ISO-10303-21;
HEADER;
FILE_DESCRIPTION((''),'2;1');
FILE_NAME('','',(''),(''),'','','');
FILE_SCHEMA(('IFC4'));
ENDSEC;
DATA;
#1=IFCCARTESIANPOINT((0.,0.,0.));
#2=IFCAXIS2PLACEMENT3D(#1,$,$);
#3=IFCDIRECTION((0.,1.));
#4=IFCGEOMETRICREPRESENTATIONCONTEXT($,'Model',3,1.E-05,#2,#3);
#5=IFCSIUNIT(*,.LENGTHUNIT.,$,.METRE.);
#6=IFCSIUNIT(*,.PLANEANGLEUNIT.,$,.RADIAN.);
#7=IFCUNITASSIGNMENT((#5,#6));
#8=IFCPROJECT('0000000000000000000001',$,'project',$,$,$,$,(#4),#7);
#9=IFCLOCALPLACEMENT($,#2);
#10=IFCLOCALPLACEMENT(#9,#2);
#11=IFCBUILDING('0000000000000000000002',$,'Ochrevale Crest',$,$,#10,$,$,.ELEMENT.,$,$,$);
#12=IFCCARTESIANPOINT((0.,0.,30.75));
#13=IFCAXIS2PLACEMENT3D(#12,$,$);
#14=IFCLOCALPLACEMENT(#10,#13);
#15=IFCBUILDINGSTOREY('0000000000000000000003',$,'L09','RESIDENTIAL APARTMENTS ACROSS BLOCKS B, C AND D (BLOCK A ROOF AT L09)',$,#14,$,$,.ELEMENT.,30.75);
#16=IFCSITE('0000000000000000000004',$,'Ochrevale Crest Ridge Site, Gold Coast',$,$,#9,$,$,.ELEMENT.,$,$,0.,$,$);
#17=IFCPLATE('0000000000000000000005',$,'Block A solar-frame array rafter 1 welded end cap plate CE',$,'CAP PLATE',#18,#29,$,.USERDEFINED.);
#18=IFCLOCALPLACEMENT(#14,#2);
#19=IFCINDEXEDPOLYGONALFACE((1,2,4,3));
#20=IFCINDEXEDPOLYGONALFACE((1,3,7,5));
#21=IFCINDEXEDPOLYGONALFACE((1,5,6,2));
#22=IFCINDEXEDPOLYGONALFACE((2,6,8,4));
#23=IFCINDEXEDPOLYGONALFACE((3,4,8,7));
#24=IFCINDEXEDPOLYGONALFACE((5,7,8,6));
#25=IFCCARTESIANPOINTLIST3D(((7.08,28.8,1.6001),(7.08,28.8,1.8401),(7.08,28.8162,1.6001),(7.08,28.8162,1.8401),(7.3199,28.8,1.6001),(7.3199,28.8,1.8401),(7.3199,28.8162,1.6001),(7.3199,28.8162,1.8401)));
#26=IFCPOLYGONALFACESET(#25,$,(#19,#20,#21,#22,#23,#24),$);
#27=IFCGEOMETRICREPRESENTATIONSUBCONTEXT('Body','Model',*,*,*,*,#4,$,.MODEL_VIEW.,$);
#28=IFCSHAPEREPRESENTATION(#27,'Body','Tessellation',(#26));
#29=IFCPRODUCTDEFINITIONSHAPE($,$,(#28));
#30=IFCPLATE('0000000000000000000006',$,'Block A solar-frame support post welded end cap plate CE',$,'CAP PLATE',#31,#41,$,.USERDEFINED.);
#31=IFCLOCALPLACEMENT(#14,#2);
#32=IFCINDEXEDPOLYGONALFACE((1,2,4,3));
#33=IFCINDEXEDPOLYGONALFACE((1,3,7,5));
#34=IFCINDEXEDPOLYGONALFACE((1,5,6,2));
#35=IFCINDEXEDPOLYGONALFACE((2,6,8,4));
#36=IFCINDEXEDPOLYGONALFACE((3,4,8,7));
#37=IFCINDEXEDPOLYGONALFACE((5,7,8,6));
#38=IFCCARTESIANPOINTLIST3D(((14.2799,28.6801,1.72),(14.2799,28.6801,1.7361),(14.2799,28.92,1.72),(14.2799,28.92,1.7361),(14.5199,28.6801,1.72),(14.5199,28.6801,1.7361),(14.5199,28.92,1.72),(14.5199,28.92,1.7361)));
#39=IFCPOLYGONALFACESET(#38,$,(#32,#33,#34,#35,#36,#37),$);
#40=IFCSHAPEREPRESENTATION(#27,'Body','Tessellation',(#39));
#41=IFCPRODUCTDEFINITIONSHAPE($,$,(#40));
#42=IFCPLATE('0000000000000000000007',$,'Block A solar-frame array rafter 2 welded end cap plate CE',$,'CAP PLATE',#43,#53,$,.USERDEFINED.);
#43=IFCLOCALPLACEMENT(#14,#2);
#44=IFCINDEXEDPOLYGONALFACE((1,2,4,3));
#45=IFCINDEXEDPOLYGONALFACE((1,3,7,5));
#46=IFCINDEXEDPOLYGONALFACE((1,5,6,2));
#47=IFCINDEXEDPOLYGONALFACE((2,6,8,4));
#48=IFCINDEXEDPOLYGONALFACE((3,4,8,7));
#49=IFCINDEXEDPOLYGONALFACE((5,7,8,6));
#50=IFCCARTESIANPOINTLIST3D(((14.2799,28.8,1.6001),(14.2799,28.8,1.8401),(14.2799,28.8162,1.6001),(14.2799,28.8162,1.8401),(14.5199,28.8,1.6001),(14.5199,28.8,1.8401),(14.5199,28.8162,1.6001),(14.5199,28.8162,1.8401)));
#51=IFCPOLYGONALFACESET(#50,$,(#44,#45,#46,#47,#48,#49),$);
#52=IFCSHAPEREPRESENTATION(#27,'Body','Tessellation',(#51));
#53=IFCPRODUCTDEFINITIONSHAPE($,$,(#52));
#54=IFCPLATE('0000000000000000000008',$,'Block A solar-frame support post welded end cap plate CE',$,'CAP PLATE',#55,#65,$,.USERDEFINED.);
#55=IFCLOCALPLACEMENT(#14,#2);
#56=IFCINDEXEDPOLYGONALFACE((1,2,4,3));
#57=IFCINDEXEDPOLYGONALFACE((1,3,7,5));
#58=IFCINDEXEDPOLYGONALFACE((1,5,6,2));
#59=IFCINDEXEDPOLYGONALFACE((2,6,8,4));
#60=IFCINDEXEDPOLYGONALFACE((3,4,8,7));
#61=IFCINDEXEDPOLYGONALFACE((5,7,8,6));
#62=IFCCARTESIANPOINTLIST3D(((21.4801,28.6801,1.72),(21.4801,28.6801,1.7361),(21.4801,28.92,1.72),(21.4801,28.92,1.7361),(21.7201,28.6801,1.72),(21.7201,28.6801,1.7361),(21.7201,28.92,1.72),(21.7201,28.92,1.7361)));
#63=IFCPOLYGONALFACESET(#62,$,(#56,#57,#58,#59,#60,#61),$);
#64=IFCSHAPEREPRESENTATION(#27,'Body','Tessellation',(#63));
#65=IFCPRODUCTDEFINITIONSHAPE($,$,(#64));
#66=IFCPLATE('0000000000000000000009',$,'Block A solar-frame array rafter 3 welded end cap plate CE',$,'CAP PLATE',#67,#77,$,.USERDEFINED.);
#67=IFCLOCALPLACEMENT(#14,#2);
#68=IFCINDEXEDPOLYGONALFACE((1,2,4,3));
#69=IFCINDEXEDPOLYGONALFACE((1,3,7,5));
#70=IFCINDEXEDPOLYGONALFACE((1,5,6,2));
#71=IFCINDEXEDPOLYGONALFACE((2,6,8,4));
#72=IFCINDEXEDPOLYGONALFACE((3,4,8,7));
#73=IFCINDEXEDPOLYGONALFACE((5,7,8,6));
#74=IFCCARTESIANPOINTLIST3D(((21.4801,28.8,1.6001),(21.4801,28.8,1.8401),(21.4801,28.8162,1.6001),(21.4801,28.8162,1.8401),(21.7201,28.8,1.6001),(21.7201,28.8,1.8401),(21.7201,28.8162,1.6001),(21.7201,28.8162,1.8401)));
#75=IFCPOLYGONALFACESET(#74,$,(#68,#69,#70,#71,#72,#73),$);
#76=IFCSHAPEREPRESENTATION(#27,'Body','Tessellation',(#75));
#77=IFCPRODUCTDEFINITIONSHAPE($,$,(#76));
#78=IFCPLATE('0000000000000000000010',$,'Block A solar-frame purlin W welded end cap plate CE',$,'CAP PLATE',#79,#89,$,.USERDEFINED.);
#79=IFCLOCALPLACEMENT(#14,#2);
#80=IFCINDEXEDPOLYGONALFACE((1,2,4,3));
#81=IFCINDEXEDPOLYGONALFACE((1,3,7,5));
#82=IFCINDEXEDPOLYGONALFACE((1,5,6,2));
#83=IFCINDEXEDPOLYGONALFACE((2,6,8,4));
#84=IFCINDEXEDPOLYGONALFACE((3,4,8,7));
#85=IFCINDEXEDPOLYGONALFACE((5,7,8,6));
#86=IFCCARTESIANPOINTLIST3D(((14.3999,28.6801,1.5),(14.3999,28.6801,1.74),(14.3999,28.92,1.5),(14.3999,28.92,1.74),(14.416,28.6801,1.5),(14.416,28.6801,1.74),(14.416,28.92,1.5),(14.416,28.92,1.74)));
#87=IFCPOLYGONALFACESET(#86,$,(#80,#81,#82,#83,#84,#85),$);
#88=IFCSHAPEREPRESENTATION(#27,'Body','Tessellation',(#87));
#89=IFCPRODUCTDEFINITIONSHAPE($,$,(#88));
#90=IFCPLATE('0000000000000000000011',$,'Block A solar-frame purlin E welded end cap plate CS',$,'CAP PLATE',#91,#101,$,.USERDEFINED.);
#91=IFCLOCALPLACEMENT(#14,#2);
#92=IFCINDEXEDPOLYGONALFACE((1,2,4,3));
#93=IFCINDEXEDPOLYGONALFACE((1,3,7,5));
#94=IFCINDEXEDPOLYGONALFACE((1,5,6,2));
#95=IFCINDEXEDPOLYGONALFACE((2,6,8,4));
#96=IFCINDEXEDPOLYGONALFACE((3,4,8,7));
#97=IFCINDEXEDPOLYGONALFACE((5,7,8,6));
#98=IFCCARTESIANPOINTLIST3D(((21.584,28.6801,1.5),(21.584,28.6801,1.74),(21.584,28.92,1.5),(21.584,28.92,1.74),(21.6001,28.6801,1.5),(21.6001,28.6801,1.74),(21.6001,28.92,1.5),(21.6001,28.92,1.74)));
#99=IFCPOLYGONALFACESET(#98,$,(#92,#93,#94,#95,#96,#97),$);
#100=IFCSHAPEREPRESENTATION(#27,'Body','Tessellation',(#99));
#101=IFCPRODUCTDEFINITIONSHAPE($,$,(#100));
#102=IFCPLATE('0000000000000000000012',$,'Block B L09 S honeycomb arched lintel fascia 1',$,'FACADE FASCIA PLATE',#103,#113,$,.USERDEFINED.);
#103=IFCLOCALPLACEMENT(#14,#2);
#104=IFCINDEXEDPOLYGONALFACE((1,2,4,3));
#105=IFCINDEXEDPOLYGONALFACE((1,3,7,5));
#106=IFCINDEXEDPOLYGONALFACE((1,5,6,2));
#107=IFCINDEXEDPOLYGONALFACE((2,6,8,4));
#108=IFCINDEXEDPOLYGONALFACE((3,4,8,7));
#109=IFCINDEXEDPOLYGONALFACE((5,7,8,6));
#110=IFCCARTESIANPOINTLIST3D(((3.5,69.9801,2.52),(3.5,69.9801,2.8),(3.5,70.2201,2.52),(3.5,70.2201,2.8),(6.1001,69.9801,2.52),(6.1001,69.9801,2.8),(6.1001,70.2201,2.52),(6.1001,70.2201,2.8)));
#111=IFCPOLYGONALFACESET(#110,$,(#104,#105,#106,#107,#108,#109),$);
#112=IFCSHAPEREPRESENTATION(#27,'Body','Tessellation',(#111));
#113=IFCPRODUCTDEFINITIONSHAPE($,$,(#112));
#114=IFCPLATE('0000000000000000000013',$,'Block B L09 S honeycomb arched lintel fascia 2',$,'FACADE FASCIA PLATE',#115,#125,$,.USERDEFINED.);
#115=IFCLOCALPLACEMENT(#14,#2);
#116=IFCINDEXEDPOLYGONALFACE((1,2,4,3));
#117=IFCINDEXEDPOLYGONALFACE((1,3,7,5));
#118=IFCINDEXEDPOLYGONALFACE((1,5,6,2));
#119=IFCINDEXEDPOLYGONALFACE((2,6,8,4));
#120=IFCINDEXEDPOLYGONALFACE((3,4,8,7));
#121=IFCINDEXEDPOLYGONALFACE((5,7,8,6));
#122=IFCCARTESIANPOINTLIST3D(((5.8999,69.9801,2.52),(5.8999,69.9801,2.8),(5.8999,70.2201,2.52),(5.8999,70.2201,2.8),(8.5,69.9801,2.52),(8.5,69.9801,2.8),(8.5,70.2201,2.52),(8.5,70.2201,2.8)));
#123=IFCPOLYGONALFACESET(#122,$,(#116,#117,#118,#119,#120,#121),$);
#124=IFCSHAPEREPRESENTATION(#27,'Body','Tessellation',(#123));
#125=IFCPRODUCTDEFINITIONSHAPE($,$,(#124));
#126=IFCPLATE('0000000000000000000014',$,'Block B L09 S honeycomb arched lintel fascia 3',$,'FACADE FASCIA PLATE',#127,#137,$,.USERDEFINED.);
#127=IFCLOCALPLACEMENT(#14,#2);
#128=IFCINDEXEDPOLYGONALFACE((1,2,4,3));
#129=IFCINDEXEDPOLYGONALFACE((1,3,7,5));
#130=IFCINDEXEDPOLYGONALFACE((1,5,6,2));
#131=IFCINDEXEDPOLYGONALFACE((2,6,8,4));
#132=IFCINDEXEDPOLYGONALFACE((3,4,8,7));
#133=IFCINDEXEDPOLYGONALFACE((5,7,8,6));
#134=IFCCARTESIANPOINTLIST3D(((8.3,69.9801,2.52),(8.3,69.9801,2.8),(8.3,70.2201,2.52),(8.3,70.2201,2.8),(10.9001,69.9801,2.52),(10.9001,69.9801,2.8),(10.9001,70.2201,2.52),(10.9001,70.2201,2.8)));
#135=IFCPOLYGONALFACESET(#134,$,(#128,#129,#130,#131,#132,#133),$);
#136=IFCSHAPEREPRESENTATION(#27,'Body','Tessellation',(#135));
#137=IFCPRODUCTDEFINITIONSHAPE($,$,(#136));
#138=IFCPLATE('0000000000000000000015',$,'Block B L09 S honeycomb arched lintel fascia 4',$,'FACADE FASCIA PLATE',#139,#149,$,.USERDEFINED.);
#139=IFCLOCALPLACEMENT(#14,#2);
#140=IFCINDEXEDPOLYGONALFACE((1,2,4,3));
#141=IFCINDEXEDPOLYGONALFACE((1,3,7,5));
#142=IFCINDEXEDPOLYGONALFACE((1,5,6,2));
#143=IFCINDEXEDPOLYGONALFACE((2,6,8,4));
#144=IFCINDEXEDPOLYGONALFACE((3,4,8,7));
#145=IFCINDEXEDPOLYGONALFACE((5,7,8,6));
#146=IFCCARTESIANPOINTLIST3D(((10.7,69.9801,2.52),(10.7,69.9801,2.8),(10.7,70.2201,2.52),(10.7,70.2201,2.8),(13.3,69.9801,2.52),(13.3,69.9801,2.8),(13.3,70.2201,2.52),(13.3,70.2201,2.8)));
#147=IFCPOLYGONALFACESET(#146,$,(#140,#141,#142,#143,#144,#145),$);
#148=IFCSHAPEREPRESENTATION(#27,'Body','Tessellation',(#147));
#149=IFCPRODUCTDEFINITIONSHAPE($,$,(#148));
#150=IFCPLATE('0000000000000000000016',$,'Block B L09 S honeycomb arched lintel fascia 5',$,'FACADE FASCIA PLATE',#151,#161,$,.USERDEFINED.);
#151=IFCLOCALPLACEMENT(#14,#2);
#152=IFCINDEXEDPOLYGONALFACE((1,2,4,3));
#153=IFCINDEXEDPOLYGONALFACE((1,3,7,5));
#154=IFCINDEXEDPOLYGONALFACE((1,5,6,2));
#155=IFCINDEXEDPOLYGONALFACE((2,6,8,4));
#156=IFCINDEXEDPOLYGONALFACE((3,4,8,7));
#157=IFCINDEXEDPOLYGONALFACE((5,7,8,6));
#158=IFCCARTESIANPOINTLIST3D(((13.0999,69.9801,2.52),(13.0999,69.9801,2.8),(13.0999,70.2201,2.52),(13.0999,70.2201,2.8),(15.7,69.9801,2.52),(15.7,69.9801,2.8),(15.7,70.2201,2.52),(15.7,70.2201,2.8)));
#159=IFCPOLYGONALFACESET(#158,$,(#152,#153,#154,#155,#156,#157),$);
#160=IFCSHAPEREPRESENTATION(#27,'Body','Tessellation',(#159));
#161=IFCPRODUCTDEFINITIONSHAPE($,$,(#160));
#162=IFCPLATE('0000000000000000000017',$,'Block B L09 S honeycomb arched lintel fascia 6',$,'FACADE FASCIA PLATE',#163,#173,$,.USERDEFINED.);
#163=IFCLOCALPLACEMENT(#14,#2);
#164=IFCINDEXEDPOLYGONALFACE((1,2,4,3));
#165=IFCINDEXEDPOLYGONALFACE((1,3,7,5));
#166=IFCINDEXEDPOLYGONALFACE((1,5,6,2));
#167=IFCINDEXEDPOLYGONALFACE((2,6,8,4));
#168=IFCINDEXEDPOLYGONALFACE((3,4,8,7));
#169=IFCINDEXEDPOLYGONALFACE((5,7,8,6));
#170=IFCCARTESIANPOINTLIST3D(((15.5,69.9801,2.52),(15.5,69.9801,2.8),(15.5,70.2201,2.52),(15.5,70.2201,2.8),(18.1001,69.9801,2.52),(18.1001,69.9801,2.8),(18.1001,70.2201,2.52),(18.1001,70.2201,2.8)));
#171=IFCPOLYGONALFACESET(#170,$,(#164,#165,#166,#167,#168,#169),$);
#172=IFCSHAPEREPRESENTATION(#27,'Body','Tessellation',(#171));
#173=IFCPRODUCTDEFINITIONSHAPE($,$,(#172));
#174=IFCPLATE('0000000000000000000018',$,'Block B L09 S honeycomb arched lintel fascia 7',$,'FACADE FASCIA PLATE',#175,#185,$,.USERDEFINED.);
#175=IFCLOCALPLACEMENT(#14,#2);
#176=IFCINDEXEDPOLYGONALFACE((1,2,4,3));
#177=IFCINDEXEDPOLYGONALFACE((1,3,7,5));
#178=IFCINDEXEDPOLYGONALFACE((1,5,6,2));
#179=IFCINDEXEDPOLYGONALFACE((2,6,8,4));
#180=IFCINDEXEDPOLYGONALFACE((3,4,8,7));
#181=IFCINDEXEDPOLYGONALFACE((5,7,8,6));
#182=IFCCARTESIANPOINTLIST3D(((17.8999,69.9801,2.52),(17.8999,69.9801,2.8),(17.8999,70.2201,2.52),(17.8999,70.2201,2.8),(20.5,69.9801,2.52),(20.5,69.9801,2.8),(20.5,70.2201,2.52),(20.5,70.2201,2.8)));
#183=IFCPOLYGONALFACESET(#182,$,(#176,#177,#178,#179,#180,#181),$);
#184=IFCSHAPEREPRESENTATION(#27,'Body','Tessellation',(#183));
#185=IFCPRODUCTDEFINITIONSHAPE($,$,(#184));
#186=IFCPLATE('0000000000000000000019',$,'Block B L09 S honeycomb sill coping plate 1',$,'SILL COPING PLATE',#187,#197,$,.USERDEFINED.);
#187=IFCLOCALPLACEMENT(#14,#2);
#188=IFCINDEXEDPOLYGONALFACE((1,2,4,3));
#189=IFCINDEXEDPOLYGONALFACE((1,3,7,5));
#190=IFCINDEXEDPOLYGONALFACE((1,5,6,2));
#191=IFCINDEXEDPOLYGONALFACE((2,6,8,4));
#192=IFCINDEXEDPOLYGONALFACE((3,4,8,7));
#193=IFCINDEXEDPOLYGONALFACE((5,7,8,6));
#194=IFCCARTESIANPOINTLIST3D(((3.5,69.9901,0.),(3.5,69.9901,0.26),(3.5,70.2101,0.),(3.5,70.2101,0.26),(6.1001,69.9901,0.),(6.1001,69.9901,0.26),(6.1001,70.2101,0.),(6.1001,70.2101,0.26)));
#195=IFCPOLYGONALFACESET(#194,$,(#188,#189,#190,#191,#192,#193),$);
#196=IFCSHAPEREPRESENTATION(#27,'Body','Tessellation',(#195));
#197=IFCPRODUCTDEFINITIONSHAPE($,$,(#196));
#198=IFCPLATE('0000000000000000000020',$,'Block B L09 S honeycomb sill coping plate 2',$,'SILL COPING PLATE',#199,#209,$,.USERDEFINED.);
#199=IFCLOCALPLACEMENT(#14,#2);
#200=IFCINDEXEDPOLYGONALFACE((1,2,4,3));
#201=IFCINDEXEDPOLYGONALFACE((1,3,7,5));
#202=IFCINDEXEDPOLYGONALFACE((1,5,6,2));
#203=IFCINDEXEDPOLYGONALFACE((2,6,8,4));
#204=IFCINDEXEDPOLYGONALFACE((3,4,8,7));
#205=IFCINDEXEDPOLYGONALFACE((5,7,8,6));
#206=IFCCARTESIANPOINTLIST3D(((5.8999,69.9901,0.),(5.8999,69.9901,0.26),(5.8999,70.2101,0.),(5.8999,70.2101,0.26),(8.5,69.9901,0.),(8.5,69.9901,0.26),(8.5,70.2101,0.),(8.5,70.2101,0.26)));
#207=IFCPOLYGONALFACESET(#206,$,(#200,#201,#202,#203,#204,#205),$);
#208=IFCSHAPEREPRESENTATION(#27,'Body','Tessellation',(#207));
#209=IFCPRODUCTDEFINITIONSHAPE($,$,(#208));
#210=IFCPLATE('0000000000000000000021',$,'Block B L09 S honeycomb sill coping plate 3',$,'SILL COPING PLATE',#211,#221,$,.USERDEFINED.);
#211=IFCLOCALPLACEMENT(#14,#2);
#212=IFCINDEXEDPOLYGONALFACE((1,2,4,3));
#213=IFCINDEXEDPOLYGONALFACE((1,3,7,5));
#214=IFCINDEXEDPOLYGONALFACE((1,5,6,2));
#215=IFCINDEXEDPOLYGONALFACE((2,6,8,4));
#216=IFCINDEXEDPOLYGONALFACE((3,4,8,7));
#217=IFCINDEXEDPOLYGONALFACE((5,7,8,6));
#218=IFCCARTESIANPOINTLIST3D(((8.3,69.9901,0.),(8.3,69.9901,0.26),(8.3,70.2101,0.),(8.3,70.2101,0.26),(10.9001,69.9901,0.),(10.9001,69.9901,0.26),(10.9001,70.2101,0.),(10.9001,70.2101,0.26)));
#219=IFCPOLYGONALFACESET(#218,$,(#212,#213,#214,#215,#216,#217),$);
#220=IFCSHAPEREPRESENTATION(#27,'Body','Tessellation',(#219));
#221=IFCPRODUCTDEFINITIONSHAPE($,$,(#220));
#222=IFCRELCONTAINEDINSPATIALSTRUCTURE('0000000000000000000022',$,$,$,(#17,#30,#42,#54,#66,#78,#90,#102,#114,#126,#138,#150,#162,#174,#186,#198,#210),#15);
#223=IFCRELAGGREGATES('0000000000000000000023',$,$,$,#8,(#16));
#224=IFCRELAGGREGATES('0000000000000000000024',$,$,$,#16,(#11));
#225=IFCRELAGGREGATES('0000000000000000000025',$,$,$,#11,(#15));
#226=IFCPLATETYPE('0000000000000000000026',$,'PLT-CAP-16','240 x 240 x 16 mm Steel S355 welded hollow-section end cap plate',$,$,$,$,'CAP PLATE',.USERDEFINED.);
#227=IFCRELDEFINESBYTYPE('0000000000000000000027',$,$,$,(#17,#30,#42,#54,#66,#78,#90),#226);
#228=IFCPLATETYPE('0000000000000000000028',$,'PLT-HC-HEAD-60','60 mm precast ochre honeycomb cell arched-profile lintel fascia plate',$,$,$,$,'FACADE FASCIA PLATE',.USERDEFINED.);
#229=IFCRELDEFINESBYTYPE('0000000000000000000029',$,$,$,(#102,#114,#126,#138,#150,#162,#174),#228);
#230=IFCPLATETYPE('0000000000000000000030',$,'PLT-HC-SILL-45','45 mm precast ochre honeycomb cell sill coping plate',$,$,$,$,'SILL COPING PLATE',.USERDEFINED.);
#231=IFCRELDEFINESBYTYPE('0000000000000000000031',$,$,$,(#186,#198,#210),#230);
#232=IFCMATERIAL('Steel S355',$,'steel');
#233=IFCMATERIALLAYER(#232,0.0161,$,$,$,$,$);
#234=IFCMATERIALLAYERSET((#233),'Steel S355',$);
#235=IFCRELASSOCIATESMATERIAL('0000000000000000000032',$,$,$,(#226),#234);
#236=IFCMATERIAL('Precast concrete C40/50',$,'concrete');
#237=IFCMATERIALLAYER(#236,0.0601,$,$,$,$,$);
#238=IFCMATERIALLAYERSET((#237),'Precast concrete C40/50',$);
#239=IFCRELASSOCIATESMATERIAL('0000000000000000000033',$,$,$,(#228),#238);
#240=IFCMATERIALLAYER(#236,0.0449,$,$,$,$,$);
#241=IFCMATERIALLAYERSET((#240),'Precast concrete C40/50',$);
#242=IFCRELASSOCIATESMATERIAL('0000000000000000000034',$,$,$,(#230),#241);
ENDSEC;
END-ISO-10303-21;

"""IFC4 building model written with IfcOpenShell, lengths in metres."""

from ifc_helpers import new_model, si_unit, direction, frame, origin, origin_2d, place, context, subcontext, project, spatial, rectangle, extrude, material, layer, layer_set, type_object, element, save


model = new_model("IFC4")

# Units and contexts
model_context = context("Model", 3, precision=1e-05, world=origin(), true_north=direction((0.0, 1.0)))
body_context = subcontext(model_context, "Body", "Model", "MODEL_VIEW")
ifc_project = project(units=[si_unit("LENGTHUNIT", "METRE"), si_unit("PLANEANGLEUNIT", "RADIAN")], contexts=[model_context])

# Site, building, storey
site_placement = place(None, origin())
site = spatial("IfcSite", under=ifc_project, at=site_placement, Name="Ochrevale Crest Ridge Site, Gold Coast", CompositionType="ELEMENT", RefElevation=0.0)
building_placement = place(site_placement, origin())
building = spatial("IfcBuilding", under=site, at=building_placement, Name="Ochrevale Crest", CompositionType="ELEMENT")
storey_placement = place(building_placement, frame((0.0, 0.0, 30.75)))
storey = spatial("IfcBuildingStorey", under=building, at=storey_placement, Name="L09", Description="RESIDENTIAL APARTMENTS ACROSS BLOCKS B, C AND D (BLOCK A ROOF AT L09)", CompositionType="ELEMENT", Elevation=30.75)

# Shared definitions
ifc_material_1 = material(Name="Steel S355", Category="steel")

# Shared definitions
ifc_material_2 = material(Name="Precast concrete C40/50", Category="concrete")

# Plates
ifc_layer_1 = layer(ifc_material_1, 0.0161)
ifc_layer_set_1 = layer_set([ifc_layer_1], Name="Steel S355")
plate_type_1 = type_object("IfcPlateType", Name="PLT-CAP-16", Description="240 x 240 x 16 mm Steel S355 welded hollow-section end cap plate", ElementType="CAP PLATE", PredefinedType="USERDEFINED", material=ifc_layer_set_1)
plate_1_placement = place(storey_placement, frame((7.2, 28.8081, 1.6001), z_axis=(0.0, 0.0, 1.0), x_axis=(0.0, 1.0, 0.0)))
element("IfcPlate", 1, at=plate_1_placement, inside=storey, type_object=plate_type_1, Name="Block A solar-frame array rafter 1 welded end cap plate CE", ObjectType="CAP PLATE", PredefinedType="USERDEFINED", context=body_context, shape_type="SweptSolid", body=[
    extrude(rectangle(XDim=0.0161, YDim=0.24, at=origin_2d()), origin(), (0.0, 0.0, 1.0), 0.24),
])
plate_2_placement = place(storey_placement, frame((14.3999, 28.8, 1.72), z_axis=(0.0, 0.0, 1.0), x_axis=(1.0, 0.0, 0.0)))
element("IfcPlate", 2, at=plate_2_placement, inside=storey, type_object=plate_type_1, Name="Block A solar-frame support post welded end cap plate CE", ObjectType="CAP PLATE", PredefinedType="USERDEFINED", context=body_context, shape_type="SweptSolid", body=[
    extrude(rectangle(XDim=0.24, YDim=0.24, at=origin_2d()), origin(), (0.0, 0.0, 1.0), 0.0161),
])
plate_3_placement = place(storey_placement, frame((14.3999, 28.8081, 1.6001), z_axis=(0.0, 0.0, 1.0), x_axis=(0.0, 1.0, 0.0)))
element("IfcPlate", 3, at=plate_3_placement, inside=storey, type_object=plate_type_1, Name="Block A solar-frame array rafter 2 welded end cap plate CE", ObjectType="CAP PLATE", PredefinedType="USERDEFINED", context=body_context, shape_type="SweptSolid", body=[
    extrude(rectangle(XDim=0.0161, YDim=0.24, at=origin_2d()), origin(), (0.0, 0.0, 1.0), 0.24),
])
plate_4_placement = place(storey_placement, frame((21.6001, 28.8, 1.72), z_axis=(0.0, 0.0, 1.0), x_axis=(1.0, 0.0, 0.0)))
element("IfcPlate", 4, at=plate_4_placement, inside=storey, type_object=plate_type_1, Name="Block A solar-frame support post welded end cap plate CE", ObjectType="CAP PLATE", PredefinedType="USERDEFINED", context=body_context, shape_type="SweptSolid", body=[
    extrude(rectangle(XDim=0.24, YDim=0.24, at=origin_2d()), origin(), (0.0, 0.0, 1.0), 0.0161),
])
for number, where, z_axis, x_axis, name in (
    (5, (21.6001, 28.8081, 1.6001), (0.0, 0.0, 1.0), (0.0, 1.0, 0.0), "Block A solar-frame array rafter 3 welded end cap plate CE"),
    (6, (14.408, 28.8, 1.5), (0.0, 0.0, 1.0), (1.0, 0.0, 0.0), "Block A solar-frame purlin W welded end cap plate CE"),
    (7, (21.592, 28.8, 1.5), (0.0, 0.0, 1.0), (1.0, 0.0, 0.0), "Block A solar-frame purlin E welded end cap plate CS"),
):
    element("IfcPlate", number, at=place(storey_placement, frame(where, z_axis=z_axis, x_axis=x_axis)), inside=storey, type_object=plate_type_1, Name=name, ObjectType="CAP PLATE", PredefinedType="USERDEFINED", context=body_context, shape_type="SweptSolid", body=[
        extrude(rectangle(XDim=0.0161, YDim=0.24, at=origin_2d()), origin(), (0.0, 0.0, 1.0), 0.24),
    ])
ifc_layer_2 = layer(ifc_material_2, 0.0601)
ifc_layer_set_2 = layer_set([ifc_layer_2], Name="Precast concrete C40/50")
plate_type_2 = type_object("IfcPlateType", Name="PLT-HC-HEAD-60", Description="60 mm precast ochre honeycomb cell arched-profile lintel fascia plate", ElementType="FACADE FASCIA PLATE", PredefinedType="USERDEFINED", material=ifc_layer_set_2)
for number, where, z_axis, x_axis, name in (
    (8, (4.8, 70.1001, 2.52), (0.0, 0.0, 1.0), (1.0, 0.0, 0.0), "Block B L09 S honeycomb arched lintel fascia 1"),
    (9, (7.2, 70.1001, 2.52), (0.0, 0.0, 1.0), (1.0, 0.0, 0.0), "Block B L09 S honeycomb arched lintel fascia 2"),
    (10, (9.6001, 70.1001, 2.52), (0.0, 0.0, 1.0), (1.0, 0.0, 0.0), "Block B L09 S honeycomb arched lintel fascia 3"),
    (11, (12.0, 70.1001, 2.52), (0.0, 0.0, 1.0), (1.0, 0.0, 0.0), "Block B L09 S honeycomb arched lintel fascia 4"),
    (12, (14.3999, 70.1001, 2.52), (0.0, 0.0, 1.0), (1.0, 0.0, 0.0), "Block B L09 S honeycomb arched lintel fascia 5"),
    (13, (16.8, 70.1001, 2.52), (0.0, 0.0, 1.0), (1.0, 0.0, 0.0), "Block B L09 S honeycomb arched lintel fascia 6"),
    (14, (19.2, 70.1001, 2.52), (0.0, 0.0, 1.0), (1.0, 0.0, 0.0), "Block B L09 S honeycomb arched lintel fascia 7"),
):
    element("IfcPlate", number, at=place(storey_placement, frame(where, z_axis=z_axis, x_axis=x_axis)), inside=storey, type_object=plate_type_2, Name=name, ObjectType="FACADE FASCIA PLATE", PredefinedType="USERDEFINED", context=body_context, shape_type="SweptSolid", body=[
        extrude(rectangle(XDim=2.6001, YDim=0.24, at=origin_2d()), origin(), (0.0, 0.0, 1.0), 0.28),
    ])
ifc_layer_3 = layer(ifc_material_2, 0.0449)
ifc_layer_set_3 = layer_set([ifc_layer_3], Name="Precast concrete C40/50")
plate_type_3 = type_object("IfcPlateType", Name="PLT-HC-SILL-45", Description="45 mm precast ochre honeycomb cell sill coping plate", ElementType="SILL COPING PLATE", PredefinedType="USERDEFINED", material=ifc_layer_set_3)
for number, where, z_axis, x_axis, name in (
    (15, (4.8, 70.1001, 0.0), (0.0, 0.0, 1.0), (1.0, 0.0, 0.0), "Block B L09 S honeycomb sill coping plate 1"),
    (16, (7.2, 70.1001, 0.0), (0.0, 0.0, 1.0), (1.0, 0.0, 0.0), "Block B L09 S honeycomb sill coping plate 2"),
    (17, (9.6001, 70.1001, 0.0), (0.0, 0.0, 1.0), (1.0, 0.0, 0.0), "Block B L09 S honeycomb sill coping plate 3"),
):
    element("IfcPlate", number, at=place(storey_placement, frame(where, z_axis=z_axis, x_axis=x_axis)), inside=storey, type_object=plate_type_3, Name=name, ObjectType="SILL COPING PLATE", PredefinedType="USERDEFINED", context=body_context, shape_type="SweptSolid", body=[
        extrude(rectangle(XDim=2.6001, YDim=0.22, at=origin_2d()), origin(), (0.0, 0.0, 1.0), 0.26),
    ])

save(model, "model.ifc")
